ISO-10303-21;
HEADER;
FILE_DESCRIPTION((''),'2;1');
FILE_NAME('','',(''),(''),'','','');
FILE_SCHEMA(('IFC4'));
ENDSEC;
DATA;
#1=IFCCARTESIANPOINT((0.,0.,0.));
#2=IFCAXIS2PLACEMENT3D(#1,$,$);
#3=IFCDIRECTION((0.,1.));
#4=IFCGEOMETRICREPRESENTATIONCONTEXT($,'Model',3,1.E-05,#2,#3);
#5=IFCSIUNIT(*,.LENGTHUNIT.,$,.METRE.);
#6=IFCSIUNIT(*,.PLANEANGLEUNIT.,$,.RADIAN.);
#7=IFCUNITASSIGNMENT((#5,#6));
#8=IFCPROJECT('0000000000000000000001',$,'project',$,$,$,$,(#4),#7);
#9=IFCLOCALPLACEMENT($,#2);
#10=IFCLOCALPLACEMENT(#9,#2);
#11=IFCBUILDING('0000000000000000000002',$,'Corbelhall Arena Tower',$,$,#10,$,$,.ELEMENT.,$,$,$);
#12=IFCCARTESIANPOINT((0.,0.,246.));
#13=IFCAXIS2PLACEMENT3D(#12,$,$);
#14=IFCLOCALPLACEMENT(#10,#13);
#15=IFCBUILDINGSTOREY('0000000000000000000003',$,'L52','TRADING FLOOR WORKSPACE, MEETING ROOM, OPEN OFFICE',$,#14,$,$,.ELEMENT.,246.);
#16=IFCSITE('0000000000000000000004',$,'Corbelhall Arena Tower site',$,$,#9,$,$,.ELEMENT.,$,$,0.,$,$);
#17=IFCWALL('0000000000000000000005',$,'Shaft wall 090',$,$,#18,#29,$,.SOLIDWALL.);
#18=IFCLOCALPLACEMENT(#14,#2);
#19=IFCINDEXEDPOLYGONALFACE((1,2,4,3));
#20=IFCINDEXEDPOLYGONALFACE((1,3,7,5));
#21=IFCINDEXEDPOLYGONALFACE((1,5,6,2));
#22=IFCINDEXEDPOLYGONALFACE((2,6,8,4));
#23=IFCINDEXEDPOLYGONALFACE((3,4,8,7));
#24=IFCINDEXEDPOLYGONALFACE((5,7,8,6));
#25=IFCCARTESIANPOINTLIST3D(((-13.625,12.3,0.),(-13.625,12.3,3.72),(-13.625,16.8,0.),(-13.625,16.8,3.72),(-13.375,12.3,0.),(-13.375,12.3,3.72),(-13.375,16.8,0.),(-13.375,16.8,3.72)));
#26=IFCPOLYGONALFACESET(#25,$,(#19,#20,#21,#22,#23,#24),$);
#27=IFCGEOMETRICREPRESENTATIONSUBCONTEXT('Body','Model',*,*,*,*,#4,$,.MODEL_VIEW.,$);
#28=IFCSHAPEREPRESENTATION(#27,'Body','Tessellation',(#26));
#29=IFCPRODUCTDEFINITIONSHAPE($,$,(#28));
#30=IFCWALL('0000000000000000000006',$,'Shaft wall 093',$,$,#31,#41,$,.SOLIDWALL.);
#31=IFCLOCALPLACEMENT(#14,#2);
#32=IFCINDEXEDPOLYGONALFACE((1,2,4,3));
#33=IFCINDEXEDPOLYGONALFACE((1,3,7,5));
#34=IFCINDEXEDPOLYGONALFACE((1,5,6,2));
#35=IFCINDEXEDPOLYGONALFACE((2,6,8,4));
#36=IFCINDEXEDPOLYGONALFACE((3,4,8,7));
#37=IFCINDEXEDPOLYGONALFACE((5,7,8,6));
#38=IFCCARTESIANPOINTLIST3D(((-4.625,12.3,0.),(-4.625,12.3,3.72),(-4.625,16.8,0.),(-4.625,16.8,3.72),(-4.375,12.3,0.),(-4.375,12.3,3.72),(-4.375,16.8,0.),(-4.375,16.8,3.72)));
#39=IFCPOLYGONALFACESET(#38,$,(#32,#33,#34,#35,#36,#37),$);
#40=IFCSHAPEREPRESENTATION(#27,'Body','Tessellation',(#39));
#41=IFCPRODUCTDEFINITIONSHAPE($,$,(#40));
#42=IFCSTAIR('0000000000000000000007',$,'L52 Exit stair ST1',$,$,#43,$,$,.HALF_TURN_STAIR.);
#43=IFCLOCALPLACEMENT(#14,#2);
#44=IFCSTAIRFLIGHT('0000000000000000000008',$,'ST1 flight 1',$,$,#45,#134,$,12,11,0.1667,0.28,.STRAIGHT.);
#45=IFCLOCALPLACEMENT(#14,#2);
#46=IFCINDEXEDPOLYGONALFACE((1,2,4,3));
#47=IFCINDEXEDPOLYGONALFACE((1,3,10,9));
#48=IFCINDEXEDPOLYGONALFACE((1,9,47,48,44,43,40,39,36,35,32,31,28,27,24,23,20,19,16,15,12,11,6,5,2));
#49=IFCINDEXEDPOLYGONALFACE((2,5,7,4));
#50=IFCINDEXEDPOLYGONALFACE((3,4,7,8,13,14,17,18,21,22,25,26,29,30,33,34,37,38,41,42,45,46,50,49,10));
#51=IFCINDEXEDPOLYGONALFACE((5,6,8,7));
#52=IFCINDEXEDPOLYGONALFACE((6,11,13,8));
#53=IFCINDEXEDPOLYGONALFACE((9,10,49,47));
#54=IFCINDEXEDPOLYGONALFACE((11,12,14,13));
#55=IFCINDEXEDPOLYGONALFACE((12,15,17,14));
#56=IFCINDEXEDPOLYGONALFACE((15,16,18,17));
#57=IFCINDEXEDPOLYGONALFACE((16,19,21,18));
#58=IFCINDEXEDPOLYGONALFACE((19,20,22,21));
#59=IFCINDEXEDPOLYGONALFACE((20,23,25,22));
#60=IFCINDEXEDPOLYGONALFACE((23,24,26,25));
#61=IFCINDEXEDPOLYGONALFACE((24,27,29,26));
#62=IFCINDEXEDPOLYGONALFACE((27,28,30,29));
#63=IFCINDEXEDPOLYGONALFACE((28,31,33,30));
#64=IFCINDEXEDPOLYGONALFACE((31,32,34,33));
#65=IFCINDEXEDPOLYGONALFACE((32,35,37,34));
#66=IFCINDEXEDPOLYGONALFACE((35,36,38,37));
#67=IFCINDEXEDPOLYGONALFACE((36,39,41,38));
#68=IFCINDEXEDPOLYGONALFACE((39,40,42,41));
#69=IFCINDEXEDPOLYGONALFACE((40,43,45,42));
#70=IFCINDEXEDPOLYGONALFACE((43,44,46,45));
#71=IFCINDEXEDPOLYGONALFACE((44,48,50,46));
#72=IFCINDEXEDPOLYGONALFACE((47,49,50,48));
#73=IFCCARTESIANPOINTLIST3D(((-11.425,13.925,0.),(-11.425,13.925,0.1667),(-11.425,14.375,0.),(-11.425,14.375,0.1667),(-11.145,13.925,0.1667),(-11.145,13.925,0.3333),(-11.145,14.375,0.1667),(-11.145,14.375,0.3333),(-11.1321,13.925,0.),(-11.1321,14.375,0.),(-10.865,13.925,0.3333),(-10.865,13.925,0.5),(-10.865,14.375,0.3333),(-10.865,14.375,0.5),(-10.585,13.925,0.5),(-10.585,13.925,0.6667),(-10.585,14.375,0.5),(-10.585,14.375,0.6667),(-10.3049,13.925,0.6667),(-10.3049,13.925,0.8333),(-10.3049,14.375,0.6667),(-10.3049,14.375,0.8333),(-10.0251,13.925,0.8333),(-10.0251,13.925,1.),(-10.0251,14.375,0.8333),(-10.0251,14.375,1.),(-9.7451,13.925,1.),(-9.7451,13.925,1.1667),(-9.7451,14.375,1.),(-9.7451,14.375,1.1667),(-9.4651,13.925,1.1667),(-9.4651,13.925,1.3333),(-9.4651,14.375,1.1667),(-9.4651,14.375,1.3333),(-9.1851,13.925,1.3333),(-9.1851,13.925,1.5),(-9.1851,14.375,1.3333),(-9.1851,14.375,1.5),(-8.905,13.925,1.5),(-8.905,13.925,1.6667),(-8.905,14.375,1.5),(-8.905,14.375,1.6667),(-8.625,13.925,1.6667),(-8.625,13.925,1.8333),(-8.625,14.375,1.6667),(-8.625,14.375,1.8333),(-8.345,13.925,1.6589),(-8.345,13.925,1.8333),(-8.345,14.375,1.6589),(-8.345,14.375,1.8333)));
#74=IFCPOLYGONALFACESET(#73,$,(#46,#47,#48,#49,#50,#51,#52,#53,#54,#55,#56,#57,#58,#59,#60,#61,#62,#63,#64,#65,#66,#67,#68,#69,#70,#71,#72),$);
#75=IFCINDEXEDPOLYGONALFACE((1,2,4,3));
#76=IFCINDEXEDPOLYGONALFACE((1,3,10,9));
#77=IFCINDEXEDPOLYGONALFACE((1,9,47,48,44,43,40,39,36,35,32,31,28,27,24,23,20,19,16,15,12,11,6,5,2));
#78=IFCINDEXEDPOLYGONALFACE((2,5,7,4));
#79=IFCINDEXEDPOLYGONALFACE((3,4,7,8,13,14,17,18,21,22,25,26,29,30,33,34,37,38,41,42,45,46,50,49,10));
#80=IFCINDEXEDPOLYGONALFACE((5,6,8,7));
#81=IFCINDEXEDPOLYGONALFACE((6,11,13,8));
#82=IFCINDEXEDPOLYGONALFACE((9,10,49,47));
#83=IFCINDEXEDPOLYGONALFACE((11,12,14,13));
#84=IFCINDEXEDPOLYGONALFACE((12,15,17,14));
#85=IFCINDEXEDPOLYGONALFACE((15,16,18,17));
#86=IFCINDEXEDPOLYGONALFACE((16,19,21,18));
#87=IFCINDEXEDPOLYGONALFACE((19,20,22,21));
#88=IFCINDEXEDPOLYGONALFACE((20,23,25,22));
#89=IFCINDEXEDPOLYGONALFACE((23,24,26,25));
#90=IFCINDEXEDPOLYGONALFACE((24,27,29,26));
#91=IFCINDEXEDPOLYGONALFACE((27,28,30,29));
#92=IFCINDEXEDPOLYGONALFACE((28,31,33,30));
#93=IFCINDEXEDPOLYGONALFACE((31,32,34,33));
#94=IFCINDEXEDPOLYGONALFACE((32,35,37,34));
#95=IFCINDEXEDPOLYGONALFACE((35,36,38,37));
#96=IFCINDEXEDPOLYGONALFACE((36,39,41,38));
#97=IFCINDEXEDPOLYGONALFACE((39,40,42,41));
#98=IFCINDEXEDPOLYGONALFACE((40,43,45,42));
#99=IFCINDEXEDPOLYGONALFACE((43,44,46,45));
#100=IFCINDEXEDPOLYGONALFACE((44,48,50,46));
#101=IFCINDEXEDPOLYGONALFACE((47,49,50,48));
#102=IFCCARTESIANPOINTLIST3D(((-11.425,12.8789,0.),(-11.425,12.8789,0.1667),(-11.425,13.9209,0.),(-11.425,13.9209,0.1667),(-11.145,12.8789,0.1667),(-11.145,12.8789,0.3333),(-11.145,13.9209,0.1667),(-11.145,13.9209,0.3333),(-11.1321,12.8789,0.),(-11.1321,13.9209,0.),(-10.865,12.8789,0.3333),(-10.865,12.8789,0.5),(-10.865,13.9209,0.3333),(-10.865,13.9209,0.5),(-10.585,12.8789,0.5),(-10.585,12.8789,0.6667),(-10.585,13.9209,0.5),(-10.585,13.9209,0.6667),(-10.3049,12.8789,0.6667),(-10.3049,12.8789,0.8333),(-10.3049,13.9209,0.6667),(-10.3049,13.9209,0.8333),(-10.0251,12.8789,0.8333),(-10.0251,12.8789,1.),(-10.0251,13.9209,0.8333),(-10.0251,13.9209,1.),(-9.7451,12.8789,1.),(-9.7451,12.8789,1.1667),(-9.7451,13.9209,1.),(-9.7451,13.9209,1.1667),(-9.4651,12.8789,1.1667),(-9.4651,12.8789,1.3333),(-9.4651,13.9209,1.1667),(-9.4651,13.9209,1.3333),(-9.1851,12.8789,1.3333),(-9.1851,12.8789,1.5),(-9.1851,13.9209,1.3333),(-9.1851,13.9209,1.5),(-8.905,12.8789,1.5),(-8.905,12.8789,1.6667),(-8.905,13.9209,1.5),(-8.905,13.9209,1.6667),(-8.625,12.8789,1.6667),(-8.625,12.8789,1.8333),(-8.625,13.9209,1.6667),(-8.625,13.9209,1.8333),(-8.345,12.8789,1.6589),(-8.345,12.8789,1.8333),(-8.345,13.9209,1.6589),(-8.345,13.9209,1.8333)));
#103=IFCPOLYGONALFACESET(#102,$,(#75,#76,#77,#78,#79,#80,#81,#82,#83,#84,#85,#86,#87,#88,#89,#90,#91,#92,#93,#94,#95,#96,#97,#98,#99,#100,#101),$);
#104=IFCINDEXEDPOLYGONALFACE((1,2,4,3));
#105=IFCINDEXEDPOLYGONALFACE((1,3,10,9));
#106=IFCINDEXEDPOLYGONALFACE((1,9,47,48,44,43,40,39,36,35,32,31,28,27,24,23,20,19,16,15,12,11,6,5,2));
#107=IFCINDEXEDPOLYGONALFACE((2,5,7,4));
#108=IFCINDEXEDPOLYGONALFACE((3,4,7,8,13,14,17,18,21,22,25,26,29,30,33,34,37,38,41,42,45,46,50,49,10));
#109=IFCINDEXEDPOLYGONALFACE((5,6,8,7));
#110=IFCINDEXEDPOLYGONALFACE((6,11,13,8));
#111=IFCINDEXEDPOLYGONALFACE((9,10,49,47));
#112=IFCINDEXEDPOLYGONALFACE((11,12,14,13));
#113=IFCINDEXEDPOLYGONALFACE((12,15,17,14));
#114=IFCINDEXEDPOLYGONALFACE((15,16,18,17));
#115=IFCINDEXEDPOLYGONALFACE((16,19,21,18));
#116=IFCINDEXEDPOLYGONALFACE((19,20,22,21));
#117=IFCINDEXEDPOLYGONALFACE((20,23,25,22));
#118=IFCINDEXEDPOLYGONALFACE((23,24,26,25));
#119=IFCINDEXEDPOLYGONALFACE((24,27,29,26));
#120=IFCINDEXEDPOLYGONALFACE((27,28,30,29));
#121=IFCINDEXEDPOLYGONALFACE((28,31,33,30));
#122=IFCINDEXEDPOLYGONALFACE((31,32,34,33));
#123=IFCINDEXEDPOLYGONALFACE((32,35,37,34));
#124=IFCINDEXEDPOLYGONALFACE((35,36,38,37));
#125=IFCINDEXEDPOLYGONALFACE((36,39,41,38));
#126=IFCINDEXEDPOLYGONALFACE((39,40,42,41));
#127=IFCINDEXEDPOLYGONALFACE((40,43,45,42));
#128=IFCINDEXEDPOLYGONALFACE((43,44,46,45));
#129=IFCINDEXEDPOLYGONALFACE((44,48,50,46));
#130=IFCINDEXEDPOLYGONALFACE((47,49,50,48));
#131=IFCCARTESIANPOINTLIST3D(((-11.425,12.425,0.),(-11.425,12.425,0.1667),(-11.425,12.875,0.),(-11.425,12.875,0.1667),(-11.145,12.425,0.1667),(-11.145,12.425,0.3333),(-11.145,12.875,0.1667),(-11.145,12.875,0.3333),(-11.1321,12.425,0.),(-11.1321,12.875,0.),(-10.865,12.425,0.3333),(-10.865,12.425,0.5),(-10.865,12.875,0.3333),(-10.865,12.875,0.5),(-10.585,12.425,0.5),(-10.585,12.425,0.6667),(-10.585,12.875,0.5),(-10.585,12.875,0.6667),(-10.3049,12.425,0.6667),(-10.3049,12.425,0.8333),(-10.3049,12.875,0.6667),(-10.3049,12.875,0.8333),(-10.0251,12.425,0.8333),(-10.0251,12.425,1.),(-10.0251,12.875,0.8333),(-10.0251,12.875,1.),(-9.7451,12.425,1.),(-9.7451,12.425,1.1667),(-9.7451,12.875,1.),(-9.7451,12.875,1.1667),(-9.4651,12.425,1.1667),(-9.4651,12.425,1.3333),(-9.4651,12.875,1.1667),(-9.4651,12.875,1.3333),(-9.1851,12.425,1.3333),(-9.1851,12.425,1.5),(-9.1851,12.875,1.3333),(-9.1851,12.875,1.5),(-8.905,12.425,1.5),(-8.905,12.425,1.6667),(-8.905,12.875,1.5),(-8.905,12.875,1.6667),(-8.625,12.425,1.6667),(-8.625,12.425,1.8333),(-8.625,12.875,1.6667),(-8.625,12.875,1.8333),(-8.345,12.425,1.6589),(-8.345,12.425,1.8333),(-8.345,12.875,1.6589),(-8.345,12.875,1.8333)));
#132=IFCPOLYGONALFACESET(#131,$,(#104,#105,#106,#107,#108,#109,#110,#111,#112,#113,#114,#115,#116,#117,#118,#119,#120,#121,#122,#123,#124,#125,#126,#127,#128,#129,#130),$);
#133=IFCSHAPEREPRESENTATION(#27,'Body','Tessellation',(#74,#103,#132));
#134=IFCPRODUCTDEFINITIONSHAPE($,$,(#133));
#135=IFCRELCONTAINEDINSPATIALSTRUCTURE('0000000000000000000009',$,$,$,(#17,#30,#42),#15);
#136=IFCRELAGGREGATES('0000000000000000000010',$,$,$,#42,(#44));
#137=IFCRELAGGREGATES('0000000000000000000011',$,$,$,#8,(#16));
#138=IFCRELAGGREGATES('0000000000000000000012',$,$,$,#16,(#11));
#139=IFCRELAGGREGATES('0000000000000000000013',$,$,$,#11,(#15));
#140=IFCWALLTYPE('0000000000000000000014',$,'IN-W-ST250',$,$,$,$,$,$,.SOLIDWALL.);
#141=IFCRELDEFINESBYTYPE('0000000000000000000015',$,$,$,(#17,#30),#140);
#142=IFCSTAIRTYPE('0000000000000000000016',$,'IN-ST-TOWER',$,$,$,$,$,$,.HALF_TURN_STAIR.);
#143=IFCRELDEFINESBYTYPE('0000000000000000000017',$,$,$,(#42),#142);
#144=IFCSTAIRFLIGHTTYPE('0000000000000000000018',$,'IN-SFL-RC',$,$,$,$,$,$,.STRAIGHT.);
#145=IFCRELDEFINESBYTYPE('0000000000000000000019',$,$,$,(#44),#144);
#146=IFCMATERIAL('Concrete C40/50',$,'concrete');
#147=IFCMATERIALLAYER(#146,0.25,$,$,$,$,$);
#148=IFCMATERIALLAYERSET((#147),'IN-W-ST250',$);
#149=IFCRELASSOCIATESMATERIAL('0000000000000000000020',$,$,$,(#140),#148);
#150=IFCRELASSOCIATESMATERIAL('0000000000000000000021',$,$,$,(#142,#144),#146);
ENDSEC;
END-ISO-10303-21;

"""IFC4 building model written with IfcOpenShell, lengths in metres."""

from ifc_helpers import new_model, si_unit, direction, frame, frame_2d, origin, place, context, subcontext, project, spatial, polyline, rectangle, outline, extrude, material, layer, layer_set, type_object, element, aggregate, save


model = new_model("IFC4")

# Units and contexts
model_context = context("Model", 3, precision=1e-05, world=origin(), true_north=direction((0.0, 1.0)))
body_context = subcontext(model_context, "Body", "Model", "MODEL_VIEW")
ifc_project = project(units=[si_unit("LENGTHUNIT", "METRE"), si_unit("PLANEANGLEUNIT", "RADIAN")], contexts=[model_context])

# Site, building, storey
site_placement = place(None, origin())
site = spatial("IfcSite", under=ifc_project, at=site_placement, Name="Corbelhall Arena Tower site", CompositionType="ELEMENT", RefElevation=0.0)
building_placement = place(site_placement, origin())
building = spatial("IfcBuilding", under=site, at=building_placement, Name="Corbelhall Arena Tower", CompositionType="ELEMENT")
storey_placement = place(building_placement, frame((0.0, 0.0, 246.0)))
storey = spatial("IfcBuildingStorey", under=building, at=storey_placement, Name="L52", Description="TRADING FLOOR WORKSPACE, MEETING ROOM, OPEN OFFICE", CompositionType="ELEMENT", Elevation=246.0)

# Walls
ifc_material_1 = material(Name="Concrete C40/50", Category="concrete")
ifc_layer_1 = layer(ifc_material_1, 0.25)
ifc_layer_set_1 = layer_set([ifc_layer_1], Name="IN-W-ST250")
wall_type_1 = type_object("IfcWallType", Name="IN-W-ST250", PredefinedType="SOLIDWALL", material=ifc_layer_set_1)
for number, where, z_axis, x_axis, name in (
    (1, (-13.5, 12.3, 0.0), (0.0, 0.0, 1.0), (0.0, 1.0, 0.0), "Shaft wall 090"),
    (2, (-4.5, 16.8, 0.0), (0.0, 0.0, 1.0), (0.0, -1.0, 0.0), "Shaft wall 093"),
):
    element("IfcWall", number, at=place(storey_placement, frame(where, z_axis=z_axis, x_axis=x_axis)), inside=storey, type_object=wall_type_1, Name=name, PredefinedType="SOLIDWALL", context=body_context, shape_type="SweptSolid", body=[
        extrude(rectangle(XDim=4.5, YDim=0.25, at=frame_2d((2.25, 0.0))), origin(), (0.0, 0.0, 1.0), 3.72),
    ])

# Stair, stair flight
stair_type = type_object("IfcStairType", Name="IN-ST-TOWER", PredefinedType="HALF_TURN_STAIR", material=ifc_material_1)
stair_placement = place(storey_placement, origin())
stair = element("IfcStair", 3, at=stair_placement, inside=storey, type_object=stair_type, Name="L52 Exit stair ST1", PredefinedType="HALF_TURN_STAIR")
stair_flight_type = type_object("IfcStairFlightType", Name="IN-SFL-RC", PredefinedType="STRAIGHT", material=ifc_material_1)
stair_flight_1_placement = place(storey_placement, frame((-11.425, 13.3999, 0.0), z_axis=(0.0, 0.0, 1.0), x_axis=(1.0, 0.0, 0.0)))
stair_flight_1 = element("IfcStairFlight", 4, at=stair_flight_1_placement, type_object=stair_flight_type, Name="ST1 flight 1", NumberOfRisers=12, NumberOfTreads=11, PredefinedType="STRAIGHT", RiserHeight=0.1667, TreadLength=0.28, context=body_context, shape_type="SweptSolid", body=[
    extrude(outline(polyline([(0.0, 0.0), (0.0, 0.1667), (0.28, 0.1667), (0.28, 0.3333), (0.5601, 0.3333), (0.5601, 0.5), (0.8401, 0.5), (0.8401, 0.6667), (1.1201, 0.6667), (1.1201, 0.8333), (1.3999, 0.8333), (1.3999, 1.0), (1.6799, 1.0), (1.6799, 1.1667), (1.96, 1.1667), (1.96, 1.3333), (2.24, 1.3333), (2.24, 1.5), (2.52, 1.5), (2.52, 1.6667), (2.8, 1.6667), (2.8, 1.8333), (3.0801, 1.8333), (3.0801, 2.0), (3.0801, 1.6589), (0.293, 0.0), (0.0, 0.0)])), frame((0.0, 0.9751, 0.0), z_axis=(0.0, -1.0, 0.0), x_axis=(1.0, 0.0, 0.0)), (0.0, 0.0, 1.0), 0.45),
    extrude(outline(polyline([(0.0, 0.0), (0.0, 0.1667), (0.28, 0.1667), (0.28, 0.3333), (0.5601, 0.3333), (0.5601, 0.5), (0.8401, 0.5), (0.8401, 0.6667), (1.1201, 0.6667), (1.1201, 0.8333), (1.3999, 0.8333), (1.3999, 1.0), (1.6799, 1.0), (1.6799, 1.1667), (1.96, 1.1667), (1.96, 1.3333), (2.24, 1.3333), (2.24, 1.5), (2.52, 1.5), (2.52, 1.6667), (2.8, 1.6667), (2.8, 1.8333), (3.0801, 1.8333), (3.0801, 2.0), (3.0801, 1.6589), (0.293, 0.0), (0.0, 0.0)])), frame((0.0, 0.521, 0.0), z_axis=(0.0, -1.0, 0.0), x_axis=(1.0, 0.0, 0.0)), (0.0, 0.0, 1.0), 1.042),
    extrude(outline(polyline([(0.0, 0.0), (0.0, 0.1667), (0.28, 0.1667), (0.28, 0.3333), (0.5601, 0.3333), (0.5601, 0.5), (0.8401, 0.5), (0.8401, 0.6667), (1.1201, 0.6667), (1.1201, 0.8333), (1.3999, 0.8333), (1.3999, 1.0), (1.6799, 1.0), (1.6799, 1.1667), (1.96, 1.1667), (1.96, 1.3333), (2.24, 1.3333), (2.24, 1.5), (2.52, 1.5), (2.52, 1.6667), (2.8, 1.6667), (2.8, 1.8333), (3.0801, 1.8333), (3.0801, 2.0), (3.0801, 1.6589), (0.293, 0.0), (0.0, 0.0)])), frame((0.0, -0.5249, 0.0), z_axis=(0.0, -1.0, 0.0), x_axis=(1.0, 0.0, 0.0)), (0.0, 0.0, 1.0), 0.45),
])
aggregate(stair, [stair_flight_1])

save(model, "model.ifc")
